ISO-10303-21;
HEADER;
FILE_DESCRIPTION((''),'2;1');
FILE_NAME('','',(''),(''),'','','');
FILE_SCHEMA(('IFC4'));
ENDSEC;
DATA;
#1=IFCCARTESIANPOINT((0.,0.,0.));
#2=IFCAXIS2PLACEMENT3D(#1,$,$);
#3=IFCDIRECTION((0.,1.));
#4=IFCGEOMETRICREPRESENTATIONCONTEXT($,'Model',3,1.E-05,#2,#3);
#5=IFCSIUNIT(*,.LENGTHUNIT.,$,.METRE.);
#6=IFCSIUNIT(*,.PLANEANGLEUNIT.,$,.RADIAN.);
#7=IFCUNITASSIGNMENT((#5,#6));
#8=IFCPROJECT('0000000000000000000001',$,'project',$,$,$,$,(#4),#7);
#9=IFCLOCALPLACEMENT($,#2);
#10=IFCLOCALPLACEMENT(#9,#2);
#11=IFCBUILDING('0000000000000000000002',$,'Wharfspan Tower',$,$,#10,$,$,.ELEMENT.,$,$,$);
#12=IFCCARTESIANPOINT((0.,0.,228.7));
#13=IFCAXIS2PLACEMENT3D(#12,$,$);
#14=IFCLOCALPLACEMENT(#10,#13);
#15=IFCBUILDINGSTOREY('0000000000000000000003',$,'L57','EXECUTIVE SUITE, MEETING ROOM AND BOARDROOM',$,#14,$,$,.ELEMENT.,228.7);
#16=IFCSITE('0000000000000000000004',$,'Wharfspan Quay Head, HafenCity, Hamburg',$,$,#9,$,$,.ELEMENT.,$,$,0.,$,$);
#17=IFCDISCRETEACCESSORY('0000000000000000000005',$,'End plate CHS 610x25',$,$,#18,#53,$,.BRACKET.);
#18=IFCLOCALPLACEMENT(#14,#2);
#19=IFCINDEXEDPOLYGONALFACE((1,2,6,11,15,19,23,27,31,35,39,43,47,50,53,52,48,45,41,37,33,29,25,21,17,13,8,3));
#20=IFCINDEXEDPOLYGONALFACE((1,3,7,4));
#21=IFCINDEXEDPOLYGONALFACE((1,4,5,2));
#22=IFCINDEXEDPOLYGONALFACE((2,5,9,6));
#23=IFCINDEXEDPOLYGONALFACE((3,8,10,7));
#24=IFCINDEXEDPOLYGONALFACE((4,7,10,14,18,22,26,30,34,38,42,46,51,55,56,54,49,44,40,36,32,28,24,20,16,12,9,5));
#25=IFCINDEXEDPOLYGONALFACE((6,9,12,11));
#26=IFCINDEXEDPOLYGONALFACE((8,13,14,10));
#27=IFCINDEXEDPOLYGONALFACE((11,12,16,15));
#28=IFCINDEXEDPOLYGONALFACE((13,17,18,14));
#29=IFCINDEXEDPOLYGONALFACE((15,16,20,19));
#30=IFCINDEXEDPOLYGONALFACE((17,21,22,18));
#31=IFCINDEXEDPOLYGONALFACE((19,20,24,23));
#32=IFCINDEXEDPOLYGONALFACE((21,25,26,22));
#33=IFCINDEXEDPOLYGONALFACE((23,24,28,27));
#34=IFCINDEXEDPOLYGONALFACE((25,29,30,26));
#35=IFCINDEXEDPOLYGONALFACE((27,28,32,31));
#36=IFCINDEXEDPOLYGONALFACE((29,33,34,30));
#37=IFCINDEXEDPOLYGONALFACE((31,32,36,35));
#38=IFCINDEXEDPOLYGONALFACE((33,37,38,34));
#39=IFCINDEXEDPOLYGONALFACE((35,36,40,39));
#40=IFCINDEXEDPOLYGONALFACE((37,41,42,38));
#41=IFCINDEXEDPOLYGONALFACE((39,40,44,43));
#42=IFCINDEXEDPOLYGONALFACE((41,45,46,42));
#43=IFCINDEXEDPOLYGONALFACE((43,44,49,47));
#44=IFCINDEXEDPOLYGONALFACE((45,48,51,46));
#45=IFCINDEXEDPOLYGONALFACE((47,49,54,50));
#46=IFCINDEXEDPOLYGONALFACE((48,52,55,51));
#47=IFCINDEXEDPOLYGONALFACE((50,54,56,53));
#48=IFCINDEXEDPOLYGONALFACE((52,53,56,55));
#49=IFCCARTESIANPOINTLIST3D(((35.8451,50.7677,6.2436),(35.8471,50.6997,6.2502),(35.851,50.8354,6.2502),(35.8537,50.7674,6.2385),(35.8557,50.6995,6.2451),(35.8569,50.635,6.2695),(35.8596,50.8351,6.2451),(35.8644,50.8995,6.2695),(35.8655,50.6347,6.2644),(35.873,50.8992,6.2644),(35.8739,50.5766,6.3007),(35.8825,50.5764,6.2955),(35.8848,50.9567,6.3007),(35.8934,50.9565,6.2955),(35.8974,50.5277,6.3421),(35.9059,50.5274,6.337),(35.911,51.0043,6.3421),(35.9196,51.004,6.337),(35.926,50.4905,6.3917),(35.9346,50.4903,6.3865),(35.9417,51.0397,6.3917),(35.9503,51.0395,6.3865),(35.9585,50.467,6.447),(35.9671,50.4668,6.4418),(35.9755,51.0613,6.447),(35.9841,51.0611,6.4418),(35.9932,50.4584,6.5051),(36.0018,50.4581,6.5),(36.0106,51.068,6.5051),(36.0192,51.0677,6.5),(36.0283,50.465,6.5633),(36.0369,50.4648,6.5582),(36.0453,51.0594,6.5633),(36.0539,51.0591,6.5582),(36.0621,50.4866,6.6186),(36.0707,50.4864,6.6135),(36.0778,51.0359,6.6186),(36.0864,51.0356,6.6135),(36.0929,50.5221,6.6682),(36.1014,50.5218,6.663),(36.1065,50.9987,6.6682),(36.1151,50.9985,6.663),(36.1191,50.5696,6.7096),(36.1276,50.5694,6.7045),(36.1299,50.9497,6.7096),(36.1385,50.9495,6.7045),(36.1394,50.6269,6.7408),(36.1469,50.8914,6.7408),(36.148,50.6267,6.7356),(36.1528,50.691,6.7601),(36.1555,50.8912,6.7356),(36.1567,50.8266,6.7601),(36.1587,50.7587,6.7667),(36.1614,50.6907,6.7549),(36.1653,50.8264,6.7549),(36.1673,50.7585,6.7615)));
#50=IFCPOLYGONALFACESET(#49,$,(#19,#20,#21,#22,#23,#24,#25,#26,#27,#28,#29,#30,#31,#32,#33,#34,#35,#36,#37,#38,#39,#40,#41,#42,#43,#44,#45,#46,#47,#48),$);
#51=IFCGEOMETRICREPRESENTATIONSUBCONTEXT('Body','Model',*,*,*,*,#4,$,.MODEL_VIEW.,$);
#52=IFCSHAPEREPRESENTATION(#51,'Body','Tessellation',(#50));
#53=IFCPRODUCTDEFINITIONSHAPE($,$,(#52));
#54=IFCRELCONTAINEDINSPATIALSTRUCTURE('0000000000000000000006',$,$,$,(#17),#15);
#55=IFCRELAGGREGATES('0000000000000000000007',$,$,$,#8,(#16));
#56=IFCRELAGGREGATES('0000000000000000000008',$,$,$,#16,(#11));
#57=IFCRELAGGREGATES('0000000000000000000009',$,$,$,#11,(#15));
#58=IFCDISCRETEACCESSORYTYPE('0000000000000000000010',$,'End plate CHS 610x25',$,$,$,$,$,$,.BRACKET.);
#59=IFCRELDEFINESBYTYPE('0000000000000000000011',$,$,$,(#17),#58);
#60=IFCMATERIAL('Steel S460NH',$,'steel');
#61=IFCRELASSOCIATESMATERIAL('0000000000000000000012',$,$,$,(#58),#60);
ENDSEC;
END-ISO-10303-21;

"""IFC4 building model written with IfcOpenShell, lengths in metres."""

from ifc_helpers import new_model, si_unit, direction, frame, origin, origin_2d, place, context, subcontext, project, spatial, circle, extrude, material, material_profile, profile_set, type_object, element, save


model = new_model("IFC4")

# Units and contexts
model_context = context("Model", 3, precision=1e-05, world=origin(), true_north=direction((0.0, 1.0)))
body_context = subcontext(model_context, "Body", "Model", "MODEL_VIEW")
ifc_project = project(units=[si_unit("LENGTHUNIT", "METRE"), si_unit("PLANEANGLEUNIT", "RADIAN")], contexts=[model_context])

# Site, building, storey
site_placement = place(None, origin())
site = spatial("IfcSite", under=ifc_project, at=site_placement, Name="Wharfspan Quay Head, HafenCity, Hamburg", CompositionType="ELEMENT", RefElevation=0.0)
building_placement = place(site_placement, origin())
building = spatial("IfcBuilding", under=site, at=building_placement, Name="Wharfspan Tower", CompositionType="ELEMENT")
storey_placement = place(building_placement, frame((0.0, 0.0, 228.7)))
storey = spatial("IfcBuildingStorey", under=building, at=storey_placement, Name="L57", Description="EXECUTIVE SUITE, MEETING ROOM AND BOARDROOM", CompositionType="ELEMENT", Elevation=228.7)

# Shared definitions
ifc_material_1 = material(Name="Steel S460NH", Category="steel")

# Discrete accessory
ifc_material_profile_1 = material_profile(ifc_material_1, circle(Radius=0.3049, at=origin_2d()))
ifc_profile_set_1 = profile_set([ifc_material_profile_1], Name="Steel S460NH")
discrete_accessory_type = type_object("IfcDiscreteAccessoryType", Name="End plate CHS 610x25", PredefinedType="BRACKET", material=ifc_profile_set_1)
for number, where, z_axis, x_axis, name in (
    (1, (36.0105, 50.7629, 6.5), (-0.857236, 0.024492, 0.514341), (-0.028558, -0.999591, 0.000002), "End plate CHS 610x25"),
):
    element("IfcDiscreteAccessory", number, at=place(storey_placement, frame(where, z_axis=z_axis, x_axis=x_axis)), inside=storey, type_object=discrete_accessory_type, Name=name, PredefinedType="BRACKET", context=body_context, shape_type="SweptSolid", body=[
        extrude(circle(Radius=0.3049, at=origin_2d()), origin(), (0.0, 0.0, 1.0), 0.01),
    ])

save(model, "model.ifc")
